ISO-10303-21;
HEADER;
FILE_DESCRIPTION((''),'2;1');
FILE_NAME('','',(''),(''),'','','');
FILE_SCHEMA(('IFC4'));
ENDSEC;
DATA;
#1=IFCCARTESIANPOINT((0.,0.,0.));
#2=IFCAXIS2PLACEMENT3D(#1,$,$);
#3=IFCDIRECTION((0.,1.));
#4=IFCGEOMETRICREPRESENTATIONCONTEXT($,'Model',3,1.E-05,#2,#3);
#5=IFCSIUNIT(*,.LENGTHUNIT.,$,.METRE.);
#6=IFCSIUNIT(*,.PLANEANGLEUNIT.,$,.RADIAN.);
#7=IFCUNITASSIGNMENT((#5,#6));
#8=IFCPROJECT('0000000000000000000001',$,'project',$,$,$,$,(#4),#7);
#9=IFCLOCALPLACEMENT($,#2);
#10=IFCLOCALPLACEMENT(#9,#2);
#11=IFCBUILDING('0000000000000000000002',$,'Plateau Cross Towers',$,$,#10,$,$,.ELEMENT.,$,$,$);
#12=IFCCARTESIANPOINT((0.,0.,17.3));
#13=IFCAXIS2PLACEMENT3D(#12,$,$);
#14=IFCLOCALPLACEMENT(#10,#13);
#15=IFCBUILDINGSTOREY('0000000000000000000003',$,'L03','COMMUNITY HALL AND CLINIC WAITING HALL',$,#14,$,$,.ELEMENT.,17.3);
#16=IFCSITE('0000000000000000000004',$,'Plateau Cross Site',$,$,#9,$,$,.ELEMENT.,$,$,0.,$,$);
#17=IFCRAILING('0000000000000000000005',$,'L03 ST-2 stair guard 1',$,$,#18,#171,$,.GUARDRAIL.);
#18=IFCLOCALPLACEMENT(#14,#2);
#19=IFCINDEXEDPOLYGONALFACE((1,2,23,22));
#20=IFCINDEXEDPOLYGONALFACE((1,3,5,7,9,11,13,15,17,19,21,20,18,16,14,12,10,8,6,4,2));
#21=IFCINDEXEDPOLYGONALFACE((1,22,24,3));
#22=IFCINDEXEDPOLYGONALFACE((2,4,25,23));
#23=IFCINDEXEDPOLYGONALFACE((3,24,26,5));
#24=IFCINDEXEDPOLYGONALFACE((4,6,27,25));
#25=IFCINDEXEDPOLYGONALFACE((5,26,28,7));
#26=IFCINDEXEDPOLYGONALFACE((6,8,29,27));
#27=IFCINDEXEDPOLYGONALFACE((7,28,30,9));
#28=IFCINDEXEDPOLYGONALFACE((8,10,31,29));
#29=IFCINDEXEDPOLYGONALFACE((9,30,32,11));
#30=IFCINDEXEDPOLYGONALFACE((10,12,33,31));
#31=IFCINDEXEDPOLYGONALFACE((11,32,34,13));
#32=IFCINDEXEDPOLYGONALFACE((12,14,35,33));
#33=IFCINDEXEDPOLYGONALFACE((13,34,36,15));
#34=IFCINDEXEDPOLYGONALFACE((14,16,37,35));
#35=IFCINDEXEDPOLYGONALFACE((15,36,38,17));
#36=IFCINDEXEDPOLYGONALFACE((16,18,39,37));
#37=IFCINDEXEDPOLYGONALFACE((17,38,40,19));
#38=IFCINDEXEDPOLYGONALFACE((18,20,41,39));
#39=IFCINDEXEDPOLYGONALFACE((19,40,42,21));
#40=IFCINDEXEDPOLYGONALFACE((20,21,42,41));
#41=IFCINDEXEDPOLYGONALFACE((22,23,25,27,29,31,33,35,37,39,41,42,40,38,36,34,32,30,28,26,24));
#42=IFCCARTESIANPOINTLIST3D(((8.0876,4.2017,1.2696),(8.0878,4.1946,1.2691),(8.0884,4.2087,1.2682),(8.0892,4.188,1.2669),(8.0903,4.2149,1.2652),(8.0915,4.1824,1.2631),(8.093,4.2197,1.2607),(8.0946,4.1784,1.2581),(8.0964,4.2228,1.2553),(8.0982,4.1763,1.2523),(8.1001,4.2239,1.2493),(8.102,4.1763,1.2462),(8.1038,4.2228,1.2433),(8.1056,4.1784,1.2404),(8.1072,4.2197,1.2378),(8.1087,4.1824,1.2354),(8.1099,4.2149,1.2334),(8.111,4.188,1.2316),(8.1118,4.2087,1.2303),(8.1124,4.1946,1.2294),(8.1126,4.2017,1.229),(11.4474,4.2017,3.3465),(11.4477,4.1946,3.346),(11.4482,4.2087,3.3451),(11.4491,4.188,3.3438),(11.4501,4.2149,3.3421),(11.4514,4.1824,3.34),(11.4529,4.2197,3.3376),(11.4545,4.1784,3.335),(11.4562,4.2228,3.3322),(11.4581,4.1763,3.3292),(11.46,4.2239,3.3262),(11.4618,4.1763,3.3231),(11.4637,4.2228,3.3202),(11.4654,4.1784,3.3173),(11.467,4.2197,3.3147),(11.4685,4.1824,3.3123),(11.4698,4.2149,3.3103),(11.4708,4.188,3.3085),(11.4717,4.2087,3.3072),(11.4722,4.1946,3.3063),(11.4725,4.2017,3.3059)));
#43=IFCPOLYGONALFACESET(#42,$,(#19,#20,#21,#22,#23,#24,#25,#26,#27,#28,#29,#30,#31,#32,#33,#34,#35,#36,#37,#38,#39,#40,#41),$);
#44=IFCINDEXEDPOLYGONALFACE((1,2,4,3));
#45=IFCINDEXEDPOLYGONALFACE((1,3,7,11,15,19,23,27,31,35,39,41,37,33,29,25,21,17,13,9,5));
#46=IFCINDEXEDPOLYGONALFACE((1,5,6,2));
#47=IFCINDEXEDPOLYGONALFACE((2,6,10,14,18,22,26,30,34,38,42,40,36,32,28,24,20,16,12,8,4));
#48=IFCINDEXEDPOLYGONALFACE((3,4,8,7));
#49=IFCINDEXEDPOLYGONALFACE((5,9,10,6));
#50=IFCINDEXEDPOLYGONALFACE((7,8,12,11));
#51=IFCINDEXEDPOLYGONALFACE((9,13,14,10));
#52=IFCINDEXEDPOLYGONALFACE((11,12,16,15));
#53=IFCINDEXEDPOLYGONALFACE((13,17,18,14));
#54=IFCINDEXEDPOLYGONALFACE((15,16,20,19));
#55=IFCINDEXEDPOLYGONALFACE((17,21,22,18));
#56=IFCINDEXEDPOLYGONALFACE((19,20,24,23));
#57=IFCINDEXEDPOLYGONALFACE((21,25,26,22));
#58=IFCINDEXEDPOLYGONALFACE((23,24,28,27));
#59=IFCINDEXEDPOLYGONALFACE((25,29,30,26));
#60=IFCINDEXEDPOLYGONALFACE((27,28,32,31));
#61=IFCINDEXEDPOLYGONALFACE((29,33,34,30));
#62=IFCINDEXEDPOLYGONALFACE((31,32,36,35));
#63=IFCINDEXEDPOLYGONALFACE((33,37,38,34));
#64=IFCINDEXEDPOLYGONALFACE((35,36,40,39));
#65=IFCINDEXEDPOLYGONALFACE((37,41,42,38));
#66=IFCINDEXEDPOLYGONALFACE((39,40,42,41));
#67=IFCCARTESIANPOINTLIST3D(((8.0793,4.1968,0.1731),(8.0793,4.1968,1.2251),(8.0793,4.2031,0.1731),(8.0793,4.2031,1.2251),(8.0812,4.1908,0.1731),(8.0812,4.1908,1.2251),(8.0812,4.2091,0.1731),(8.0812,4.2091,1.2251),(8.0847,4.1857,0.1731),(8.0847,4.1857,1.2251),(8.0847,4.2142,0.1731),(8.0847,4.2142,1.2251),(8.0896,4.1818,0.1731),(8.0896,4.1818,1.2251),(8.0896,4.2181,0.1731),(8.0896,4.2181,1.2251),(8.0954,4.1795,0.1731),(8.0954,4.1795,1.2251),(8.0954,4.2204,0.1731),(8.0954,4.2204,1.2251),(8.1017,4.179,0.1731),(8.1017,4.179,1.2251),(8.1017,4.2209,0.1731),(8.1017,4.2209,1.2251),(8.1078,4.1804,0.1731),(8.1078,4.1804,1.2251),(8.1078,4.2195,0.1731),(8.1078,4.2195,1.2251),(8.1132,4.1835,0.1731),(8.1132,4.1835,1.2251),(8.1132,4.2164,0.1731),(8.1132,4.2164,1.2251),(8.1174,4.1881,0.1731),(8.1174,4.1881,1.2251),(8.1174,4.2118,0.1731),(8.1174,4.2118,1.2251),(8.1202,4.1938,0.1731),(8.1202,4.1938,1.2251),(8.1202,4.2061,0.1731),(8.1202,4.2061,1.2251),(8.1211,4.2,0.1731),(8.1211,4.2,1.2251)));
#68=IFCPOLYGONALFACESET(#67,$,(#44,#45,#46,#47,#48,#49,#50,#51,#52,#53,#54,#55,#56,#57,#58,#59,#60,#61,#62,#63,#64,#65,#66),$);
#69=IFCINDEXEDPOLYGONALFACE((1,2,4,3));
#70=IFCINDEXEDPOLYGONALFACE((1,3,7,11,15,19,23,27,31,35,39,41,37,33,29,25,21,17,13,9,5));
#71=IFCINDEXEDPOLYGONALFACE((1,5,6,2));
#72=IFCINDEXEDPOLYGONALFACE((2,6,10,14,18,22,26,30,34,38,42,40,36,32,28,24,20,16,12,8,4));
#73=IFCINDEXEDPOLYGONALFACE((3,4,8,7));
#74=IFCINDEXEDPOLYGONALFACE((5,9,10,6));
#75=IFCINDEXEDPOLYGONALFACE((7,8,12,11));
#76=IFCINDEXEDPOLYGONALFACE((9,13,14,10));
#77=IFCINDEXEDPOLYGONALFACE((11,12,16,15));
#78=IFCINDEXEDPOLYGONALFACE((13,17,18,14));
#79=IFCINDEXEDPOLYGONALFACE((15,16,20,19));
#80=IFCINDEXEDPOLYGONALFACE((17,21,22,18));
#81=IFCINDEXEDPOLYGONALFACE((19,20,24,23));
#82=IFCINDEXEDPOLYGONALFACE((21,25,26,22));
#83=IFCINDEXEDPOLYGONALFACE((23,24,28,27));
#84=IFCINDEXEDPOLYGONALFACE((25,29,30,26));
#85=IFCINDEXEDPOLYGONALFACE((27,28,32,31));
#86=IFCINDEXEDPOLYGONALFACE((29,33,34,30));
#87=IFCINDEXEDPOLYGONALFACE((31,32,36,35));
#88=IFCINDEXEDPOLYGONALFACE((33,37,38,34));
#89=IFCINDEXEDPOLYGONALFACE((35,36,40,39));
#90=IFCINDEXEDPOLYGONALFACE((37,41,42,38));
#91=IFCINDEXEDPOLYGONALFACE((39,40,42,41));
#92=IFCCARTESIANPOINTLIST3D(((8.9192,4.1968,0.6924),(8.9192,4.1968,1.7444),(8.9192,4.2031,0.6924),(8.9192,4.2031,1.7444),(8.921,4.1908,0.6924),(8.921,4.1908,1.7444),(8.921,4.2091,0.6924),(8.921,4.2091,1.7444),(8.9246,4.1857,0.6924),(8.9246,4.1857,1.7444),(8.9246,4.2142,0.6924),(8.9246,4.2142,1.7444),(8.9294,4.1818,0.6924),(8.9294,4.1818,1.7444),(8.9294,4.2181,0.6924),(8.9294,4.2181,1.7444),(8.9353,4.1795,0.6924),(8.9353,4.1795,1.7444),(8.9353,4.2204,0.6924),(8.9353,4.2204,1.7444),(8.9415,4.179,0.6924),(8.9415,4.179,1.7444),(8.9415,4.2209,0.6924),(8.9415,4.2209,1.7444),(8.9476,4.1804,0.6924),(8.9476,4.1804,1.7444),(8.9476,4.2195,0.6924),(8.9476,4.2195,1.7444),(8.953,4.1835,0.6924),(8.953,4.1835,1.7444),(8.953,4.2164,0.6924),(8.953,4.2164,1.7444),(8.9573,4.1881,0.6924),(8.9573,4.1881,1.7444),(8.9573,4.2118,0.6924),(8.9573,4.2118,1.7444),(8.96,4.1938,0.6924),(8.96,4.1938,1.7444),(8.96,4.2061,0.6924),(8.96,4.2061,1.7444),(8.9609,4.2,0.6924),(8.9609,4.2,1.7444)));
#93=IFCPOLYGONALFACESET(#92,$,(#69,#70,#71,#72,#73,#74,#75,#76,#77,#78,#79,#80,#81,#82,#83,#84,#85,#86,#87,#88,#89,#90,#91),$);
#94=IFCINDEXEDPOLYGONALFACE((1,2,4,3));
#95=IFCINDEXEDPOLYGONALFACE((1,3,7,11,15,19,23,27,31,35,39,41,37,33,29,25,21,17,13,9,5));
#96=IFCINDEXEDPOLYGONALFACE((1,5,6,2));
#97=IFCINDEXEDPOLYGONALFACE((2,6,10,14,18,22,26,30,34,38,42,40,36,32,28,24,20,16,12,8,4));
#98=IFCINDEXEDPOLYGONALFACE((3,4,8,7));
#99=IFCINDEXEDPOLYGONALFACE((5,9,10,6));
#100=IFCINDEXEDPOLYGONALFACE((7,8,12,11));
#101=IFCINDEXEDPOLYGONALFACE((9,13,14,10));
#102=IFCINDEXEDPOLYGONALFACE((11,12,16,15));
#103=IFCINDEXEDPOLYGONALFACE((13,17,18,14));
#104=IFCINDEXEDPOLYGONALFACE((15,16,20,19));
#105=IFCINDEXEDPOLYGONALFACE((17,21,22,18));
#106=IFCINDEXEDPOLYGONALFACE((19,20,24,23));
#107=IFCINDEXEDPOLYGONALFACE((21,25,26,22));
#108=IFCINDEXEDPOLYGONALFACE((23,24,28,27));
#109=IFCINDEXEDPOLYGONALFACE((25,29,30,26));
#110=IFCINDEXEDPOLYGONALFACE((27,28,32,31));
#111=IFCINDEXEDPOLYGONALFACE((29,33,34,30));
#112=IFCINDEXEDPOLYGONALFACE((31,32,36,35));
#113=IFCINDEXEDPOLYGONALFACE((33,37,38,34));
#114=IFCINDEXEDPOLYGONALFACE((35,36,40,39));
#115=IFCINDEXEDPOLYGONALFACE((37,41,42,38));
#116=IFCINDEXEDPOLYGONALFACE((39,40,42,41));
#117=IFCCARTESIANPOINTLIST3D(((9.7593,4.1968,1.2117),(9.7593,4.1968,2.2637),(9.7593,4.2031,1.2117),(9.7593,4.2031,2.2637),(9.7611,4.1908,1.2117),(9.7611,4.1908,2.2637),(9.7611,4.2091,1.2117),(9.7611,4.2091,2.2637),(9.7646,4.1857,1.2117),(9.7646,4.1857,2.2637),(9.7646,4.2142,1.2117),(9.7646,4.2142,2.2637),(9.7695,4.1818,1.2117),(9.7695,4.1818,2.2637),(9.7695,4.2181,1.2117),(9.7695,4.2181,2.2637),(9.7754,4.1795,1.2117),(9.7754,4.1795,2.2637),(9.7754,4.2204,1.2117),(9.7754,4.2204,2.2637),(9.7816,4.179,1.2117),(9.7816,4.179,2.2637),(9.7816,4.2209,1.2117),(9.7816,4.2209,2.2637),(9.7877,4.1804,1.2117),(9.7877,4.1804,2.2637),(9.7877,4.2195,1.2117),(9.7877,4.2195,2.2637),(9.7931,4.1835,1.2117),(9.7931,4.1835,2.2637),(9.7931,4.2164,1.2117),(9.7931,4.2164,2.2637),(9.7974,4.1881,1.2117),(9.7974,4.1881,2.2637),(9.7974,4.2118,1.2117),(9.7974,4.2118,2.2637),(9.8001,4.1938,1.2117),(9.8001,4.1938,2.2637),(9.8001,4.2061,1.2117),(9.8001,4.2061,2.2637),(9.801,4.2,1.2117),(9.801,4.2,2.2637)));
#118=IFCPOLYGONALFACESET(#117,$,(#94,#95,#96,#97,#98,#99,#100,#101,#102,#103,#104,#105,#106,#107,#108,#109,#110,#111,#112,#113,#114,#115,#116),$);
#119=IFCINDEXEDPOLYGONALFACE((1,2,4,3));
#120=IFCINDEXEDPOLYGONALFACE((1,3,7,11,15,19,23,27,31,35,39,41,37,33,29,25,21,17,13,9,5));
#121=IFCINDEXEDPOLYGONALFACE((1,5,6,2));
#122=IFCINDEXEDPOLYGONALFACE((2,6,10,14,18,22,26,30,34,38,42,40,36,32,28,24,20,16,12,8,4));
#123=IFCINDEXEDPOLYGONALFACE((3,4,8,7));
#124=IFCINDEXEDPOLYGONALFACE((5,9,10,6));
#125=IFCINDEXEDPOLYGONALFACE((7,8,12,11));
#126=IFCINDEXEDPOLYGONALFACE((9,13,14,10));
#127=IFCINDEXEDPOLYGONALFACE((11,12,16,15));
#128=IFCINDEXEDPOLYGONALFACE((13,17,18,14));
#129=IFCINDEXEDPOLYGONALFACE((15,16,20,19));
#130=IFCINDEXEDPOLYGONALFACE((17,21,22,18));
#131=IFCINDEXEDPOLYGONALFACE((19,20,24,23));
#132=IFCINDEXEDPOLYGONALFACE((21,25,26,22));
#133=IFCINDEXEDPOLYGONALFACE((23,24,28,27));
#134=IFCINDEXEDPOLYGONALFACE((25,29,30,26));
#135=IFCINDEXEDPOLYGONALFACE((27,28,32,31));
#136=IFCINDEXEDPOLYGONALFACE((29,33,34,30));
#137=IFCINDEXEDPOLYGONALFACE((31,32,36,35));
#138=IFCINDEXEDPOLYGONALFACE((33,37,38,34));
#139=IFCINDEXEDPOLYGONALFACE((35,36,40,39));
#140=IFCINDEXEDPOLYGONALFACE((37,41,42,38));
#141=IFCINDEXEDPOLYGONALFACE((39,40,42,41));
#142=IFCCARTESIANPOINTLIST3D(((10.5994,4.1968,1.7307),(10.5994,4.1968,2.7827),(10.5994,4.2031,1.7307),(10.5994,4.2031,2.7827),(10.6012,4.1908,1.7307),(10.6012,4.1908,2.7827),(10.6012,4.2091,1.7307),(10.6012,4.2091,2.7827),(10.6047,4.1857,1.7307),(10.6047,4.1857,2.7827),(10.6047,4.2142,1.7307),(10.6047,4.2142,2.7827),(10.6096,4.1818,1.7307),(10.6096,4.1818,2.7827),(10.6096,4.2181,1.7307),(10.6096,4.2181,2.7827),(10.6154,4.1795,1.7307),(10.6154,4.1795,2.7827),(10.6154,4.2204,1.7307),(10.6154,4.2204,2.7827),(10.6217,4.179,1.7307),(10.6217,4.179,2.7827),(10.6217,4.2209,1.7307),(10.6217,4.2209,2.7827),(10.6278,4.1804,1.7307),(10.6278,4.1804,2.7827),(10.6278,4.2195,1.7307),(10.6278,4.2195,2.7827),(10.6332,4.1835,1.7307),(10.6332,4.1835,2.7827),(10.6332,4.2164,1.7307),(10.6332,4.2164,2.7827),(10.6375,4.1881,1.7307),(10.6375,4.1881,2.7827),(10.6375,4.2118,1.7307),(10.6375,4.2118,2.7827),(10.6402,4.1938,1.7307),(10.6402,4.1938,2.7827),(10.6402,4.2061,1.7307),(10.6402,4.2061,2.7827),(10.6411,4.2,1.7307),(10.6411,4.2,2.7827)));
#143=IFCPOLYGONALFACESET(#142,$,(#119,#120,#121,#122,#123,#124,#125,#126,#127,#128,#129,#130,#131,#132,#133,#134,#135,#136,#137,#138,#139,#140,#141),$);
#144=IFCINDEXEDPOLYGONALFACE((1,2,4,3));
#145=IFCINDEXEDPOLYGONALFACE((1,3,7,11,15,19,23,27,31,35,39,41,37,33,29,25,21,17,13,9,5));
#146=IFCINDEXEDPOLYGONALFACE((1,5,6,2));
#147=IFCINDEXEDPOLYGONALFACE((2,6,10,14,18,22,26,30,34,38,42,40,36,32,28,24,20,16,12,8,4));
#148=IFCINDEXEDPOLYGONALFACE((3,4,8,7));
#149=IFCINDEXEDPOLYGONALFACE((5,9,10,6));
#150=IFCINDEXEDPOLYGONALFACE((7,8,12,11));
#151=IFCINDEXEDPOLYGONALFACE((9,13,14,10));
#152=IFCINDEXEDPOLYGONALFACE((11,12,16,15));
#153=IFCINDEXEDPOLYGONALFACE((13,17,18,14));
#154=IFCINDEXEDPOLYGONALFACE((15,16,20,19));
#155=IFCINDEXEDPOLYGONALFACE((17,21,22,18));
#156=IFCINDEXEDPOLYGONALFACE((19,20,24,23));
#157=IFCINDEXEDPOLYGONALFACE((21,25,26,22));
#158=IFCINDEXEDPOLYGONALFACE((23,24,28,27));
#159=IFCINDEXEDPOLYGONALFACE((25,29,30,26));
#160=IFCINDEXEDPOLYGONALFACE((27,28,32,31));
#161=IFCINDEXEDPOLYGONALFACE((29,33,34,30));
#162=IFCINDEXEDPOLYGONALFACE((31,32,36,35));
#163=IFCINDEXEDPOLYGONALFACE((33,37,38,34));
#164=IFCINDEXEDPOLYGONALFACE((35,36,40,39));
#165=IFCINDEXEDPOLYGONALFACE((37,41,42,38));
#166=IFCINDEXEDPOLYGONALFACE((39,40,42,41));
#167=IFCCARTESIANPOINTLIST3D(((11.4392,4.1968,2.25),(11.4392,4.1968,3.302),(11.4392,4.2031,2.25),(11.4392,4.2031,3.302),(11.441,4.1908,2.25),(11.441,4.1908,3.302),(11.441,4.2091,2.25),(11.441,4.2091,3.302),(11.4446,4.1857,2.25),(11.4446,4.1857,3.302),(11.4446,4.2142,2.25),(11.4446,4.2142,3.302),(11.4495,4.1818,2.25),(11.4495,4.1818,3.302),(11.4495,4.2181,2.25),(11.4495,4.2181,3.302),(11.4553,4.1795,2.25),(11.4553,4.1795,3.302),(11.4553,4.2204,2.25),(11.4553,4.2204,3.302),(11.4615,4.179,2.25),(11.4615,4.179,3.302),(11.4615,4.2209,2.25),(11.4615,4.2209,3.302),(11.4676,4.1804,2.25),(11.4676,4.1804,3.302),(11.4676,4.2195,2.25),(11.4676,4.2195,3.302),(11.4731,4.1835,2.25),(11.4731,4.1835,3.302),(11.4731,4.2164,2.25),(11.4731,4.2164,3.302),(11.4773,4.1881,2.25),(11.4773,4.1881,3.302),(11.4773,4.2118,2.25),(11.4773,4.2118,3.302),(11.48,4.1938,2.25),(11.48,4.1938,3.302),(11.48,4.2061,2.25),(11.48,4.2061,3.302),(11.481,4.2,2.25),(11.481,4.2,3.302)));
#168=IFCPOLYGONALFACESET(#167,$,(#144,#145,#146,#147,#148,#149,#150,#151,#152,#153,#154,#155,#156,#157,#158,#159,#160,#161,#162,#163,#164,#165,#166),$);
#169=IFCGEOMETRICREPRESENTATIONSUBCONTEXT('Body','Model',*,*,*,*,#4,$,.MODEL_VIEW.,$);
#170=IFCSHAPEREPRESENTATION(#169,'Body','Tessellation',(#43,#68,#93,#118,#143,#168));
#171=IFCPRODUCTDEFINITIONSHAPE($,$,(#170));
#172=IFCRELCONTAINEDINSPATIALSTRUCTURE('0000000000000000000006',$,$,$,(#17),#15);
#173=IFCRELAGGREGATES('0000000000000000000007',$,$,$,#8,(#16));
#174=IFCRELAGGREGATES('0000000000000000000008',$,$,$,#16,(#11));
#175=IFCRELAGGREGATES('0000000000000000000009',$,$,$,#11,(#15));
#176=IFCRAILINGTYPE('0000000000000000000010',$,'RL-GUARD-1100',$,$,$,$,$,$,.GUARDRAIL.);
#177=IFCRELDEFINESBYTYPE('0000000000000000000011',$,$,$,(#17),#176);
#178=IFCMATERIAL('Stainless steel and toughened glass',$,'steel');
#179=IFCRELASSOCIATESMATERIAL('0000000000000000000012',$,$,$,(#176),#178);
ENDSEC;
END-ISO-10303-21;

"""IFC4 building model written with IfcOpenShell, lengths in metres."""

from ifc_helpers import new_model, si_unit, direction, frame, origin, origin_2d, place, context, subcontext, project, spatial, circle, extrude, material, type_object, element, save


model = new_model("IFC4")

# Units and contexts
model_context = context("Model", 3, precision=1e-05, world=origin(), true_north=direction((0.0, 1.0)))
body_context = subcontext(model_context, "Body", "Model", "MODEL_VIEW")
ifc_project = project(units=[si_unit("LENGTHUNIT", "METRE"), si_unit("PLANEANGLEUNIT", "RADIAN")], contexts=[model_context])

# Site, building, storey
site_placement = place(None, origin())
site = spatial("IfcSite", under=ifc_project, at=site_placement, Name="Plateau Cross Site", CompositionType="ELEMENT", RefElevation=0.0)
building_placement = place(site_placement, origin())
building = spatial("IfcBuilding", under=site, at=building_placement, Name="Plateau Cross Towers", CompositionType="ELEMENT")
storey_placement = place(building_placement, frame((0.0, 0.0, 17.3)))
storey = spatial("IfcBuildingStorey", under=building, at=storey_placement, Name="L03", Description="COMMUNITY HALL AND CLINIC WAITING HALL", CompositionType="ELEMENT", Elevation=17.3)

# Railing
ifc_material_1 = material(Name="Stainless steel and toughened glass", Category="steel")
railing_type_1 = type_object("IfcRailingType", Name="RL-GUARD-1100", PredefinedType="GUARDRAIL", material=ifc_material_1)
railing_1_placement = place(storey_placement, frame((8.1001, 4.2, 0.1731)))
element("IfcRailing", 1, at=railing_1_placement, inside=storey, type_object=railing_type_1, Name="L03 ST-2 stair guard 1", PredefinedType="GUARDRAIL", context=body_context, shape_type="SweptSolid", body=[
    extrude(circle(Radius=0.0239, at=origin_2d()), frame((0.0, 0.0, 1.0762), z_axis=(0.850606, 0.0, 0.525803), x_axis=(0.0, 1.0, 0.0)), (0.0, 0.0, 1.0), 3.95),
    extrude(circle(Radius=0.021, at=origin_2d()), origin(), (0.0, 0.0, 1.0), 1.052),
    extrude(circle(Radius=0.021, at=origin_2d()), frame((0.8398, 0.0, 0.5193)), (0.0, 0.0, 1.0), 1.052),
    extrude(circle(Radius=0.021, at=origin_2d()), frame((1.6799, 0.0, 1.0386)), (0.0, 0.0, 1.0), 1.052),
    extrude(circle(Radius=0.021, at=origin_2d()), frame((2.52, 0.0, 1.5576)), (0.0, 0.0, 1.0), 1.052),
    extrude(circle(Radius=0.021, at=origin_2d()), frame((3.3599, 0.0, 2.0769)), (0.0, 0.0, 1.0), 1.052),
])

save(model, "model.ifc")
